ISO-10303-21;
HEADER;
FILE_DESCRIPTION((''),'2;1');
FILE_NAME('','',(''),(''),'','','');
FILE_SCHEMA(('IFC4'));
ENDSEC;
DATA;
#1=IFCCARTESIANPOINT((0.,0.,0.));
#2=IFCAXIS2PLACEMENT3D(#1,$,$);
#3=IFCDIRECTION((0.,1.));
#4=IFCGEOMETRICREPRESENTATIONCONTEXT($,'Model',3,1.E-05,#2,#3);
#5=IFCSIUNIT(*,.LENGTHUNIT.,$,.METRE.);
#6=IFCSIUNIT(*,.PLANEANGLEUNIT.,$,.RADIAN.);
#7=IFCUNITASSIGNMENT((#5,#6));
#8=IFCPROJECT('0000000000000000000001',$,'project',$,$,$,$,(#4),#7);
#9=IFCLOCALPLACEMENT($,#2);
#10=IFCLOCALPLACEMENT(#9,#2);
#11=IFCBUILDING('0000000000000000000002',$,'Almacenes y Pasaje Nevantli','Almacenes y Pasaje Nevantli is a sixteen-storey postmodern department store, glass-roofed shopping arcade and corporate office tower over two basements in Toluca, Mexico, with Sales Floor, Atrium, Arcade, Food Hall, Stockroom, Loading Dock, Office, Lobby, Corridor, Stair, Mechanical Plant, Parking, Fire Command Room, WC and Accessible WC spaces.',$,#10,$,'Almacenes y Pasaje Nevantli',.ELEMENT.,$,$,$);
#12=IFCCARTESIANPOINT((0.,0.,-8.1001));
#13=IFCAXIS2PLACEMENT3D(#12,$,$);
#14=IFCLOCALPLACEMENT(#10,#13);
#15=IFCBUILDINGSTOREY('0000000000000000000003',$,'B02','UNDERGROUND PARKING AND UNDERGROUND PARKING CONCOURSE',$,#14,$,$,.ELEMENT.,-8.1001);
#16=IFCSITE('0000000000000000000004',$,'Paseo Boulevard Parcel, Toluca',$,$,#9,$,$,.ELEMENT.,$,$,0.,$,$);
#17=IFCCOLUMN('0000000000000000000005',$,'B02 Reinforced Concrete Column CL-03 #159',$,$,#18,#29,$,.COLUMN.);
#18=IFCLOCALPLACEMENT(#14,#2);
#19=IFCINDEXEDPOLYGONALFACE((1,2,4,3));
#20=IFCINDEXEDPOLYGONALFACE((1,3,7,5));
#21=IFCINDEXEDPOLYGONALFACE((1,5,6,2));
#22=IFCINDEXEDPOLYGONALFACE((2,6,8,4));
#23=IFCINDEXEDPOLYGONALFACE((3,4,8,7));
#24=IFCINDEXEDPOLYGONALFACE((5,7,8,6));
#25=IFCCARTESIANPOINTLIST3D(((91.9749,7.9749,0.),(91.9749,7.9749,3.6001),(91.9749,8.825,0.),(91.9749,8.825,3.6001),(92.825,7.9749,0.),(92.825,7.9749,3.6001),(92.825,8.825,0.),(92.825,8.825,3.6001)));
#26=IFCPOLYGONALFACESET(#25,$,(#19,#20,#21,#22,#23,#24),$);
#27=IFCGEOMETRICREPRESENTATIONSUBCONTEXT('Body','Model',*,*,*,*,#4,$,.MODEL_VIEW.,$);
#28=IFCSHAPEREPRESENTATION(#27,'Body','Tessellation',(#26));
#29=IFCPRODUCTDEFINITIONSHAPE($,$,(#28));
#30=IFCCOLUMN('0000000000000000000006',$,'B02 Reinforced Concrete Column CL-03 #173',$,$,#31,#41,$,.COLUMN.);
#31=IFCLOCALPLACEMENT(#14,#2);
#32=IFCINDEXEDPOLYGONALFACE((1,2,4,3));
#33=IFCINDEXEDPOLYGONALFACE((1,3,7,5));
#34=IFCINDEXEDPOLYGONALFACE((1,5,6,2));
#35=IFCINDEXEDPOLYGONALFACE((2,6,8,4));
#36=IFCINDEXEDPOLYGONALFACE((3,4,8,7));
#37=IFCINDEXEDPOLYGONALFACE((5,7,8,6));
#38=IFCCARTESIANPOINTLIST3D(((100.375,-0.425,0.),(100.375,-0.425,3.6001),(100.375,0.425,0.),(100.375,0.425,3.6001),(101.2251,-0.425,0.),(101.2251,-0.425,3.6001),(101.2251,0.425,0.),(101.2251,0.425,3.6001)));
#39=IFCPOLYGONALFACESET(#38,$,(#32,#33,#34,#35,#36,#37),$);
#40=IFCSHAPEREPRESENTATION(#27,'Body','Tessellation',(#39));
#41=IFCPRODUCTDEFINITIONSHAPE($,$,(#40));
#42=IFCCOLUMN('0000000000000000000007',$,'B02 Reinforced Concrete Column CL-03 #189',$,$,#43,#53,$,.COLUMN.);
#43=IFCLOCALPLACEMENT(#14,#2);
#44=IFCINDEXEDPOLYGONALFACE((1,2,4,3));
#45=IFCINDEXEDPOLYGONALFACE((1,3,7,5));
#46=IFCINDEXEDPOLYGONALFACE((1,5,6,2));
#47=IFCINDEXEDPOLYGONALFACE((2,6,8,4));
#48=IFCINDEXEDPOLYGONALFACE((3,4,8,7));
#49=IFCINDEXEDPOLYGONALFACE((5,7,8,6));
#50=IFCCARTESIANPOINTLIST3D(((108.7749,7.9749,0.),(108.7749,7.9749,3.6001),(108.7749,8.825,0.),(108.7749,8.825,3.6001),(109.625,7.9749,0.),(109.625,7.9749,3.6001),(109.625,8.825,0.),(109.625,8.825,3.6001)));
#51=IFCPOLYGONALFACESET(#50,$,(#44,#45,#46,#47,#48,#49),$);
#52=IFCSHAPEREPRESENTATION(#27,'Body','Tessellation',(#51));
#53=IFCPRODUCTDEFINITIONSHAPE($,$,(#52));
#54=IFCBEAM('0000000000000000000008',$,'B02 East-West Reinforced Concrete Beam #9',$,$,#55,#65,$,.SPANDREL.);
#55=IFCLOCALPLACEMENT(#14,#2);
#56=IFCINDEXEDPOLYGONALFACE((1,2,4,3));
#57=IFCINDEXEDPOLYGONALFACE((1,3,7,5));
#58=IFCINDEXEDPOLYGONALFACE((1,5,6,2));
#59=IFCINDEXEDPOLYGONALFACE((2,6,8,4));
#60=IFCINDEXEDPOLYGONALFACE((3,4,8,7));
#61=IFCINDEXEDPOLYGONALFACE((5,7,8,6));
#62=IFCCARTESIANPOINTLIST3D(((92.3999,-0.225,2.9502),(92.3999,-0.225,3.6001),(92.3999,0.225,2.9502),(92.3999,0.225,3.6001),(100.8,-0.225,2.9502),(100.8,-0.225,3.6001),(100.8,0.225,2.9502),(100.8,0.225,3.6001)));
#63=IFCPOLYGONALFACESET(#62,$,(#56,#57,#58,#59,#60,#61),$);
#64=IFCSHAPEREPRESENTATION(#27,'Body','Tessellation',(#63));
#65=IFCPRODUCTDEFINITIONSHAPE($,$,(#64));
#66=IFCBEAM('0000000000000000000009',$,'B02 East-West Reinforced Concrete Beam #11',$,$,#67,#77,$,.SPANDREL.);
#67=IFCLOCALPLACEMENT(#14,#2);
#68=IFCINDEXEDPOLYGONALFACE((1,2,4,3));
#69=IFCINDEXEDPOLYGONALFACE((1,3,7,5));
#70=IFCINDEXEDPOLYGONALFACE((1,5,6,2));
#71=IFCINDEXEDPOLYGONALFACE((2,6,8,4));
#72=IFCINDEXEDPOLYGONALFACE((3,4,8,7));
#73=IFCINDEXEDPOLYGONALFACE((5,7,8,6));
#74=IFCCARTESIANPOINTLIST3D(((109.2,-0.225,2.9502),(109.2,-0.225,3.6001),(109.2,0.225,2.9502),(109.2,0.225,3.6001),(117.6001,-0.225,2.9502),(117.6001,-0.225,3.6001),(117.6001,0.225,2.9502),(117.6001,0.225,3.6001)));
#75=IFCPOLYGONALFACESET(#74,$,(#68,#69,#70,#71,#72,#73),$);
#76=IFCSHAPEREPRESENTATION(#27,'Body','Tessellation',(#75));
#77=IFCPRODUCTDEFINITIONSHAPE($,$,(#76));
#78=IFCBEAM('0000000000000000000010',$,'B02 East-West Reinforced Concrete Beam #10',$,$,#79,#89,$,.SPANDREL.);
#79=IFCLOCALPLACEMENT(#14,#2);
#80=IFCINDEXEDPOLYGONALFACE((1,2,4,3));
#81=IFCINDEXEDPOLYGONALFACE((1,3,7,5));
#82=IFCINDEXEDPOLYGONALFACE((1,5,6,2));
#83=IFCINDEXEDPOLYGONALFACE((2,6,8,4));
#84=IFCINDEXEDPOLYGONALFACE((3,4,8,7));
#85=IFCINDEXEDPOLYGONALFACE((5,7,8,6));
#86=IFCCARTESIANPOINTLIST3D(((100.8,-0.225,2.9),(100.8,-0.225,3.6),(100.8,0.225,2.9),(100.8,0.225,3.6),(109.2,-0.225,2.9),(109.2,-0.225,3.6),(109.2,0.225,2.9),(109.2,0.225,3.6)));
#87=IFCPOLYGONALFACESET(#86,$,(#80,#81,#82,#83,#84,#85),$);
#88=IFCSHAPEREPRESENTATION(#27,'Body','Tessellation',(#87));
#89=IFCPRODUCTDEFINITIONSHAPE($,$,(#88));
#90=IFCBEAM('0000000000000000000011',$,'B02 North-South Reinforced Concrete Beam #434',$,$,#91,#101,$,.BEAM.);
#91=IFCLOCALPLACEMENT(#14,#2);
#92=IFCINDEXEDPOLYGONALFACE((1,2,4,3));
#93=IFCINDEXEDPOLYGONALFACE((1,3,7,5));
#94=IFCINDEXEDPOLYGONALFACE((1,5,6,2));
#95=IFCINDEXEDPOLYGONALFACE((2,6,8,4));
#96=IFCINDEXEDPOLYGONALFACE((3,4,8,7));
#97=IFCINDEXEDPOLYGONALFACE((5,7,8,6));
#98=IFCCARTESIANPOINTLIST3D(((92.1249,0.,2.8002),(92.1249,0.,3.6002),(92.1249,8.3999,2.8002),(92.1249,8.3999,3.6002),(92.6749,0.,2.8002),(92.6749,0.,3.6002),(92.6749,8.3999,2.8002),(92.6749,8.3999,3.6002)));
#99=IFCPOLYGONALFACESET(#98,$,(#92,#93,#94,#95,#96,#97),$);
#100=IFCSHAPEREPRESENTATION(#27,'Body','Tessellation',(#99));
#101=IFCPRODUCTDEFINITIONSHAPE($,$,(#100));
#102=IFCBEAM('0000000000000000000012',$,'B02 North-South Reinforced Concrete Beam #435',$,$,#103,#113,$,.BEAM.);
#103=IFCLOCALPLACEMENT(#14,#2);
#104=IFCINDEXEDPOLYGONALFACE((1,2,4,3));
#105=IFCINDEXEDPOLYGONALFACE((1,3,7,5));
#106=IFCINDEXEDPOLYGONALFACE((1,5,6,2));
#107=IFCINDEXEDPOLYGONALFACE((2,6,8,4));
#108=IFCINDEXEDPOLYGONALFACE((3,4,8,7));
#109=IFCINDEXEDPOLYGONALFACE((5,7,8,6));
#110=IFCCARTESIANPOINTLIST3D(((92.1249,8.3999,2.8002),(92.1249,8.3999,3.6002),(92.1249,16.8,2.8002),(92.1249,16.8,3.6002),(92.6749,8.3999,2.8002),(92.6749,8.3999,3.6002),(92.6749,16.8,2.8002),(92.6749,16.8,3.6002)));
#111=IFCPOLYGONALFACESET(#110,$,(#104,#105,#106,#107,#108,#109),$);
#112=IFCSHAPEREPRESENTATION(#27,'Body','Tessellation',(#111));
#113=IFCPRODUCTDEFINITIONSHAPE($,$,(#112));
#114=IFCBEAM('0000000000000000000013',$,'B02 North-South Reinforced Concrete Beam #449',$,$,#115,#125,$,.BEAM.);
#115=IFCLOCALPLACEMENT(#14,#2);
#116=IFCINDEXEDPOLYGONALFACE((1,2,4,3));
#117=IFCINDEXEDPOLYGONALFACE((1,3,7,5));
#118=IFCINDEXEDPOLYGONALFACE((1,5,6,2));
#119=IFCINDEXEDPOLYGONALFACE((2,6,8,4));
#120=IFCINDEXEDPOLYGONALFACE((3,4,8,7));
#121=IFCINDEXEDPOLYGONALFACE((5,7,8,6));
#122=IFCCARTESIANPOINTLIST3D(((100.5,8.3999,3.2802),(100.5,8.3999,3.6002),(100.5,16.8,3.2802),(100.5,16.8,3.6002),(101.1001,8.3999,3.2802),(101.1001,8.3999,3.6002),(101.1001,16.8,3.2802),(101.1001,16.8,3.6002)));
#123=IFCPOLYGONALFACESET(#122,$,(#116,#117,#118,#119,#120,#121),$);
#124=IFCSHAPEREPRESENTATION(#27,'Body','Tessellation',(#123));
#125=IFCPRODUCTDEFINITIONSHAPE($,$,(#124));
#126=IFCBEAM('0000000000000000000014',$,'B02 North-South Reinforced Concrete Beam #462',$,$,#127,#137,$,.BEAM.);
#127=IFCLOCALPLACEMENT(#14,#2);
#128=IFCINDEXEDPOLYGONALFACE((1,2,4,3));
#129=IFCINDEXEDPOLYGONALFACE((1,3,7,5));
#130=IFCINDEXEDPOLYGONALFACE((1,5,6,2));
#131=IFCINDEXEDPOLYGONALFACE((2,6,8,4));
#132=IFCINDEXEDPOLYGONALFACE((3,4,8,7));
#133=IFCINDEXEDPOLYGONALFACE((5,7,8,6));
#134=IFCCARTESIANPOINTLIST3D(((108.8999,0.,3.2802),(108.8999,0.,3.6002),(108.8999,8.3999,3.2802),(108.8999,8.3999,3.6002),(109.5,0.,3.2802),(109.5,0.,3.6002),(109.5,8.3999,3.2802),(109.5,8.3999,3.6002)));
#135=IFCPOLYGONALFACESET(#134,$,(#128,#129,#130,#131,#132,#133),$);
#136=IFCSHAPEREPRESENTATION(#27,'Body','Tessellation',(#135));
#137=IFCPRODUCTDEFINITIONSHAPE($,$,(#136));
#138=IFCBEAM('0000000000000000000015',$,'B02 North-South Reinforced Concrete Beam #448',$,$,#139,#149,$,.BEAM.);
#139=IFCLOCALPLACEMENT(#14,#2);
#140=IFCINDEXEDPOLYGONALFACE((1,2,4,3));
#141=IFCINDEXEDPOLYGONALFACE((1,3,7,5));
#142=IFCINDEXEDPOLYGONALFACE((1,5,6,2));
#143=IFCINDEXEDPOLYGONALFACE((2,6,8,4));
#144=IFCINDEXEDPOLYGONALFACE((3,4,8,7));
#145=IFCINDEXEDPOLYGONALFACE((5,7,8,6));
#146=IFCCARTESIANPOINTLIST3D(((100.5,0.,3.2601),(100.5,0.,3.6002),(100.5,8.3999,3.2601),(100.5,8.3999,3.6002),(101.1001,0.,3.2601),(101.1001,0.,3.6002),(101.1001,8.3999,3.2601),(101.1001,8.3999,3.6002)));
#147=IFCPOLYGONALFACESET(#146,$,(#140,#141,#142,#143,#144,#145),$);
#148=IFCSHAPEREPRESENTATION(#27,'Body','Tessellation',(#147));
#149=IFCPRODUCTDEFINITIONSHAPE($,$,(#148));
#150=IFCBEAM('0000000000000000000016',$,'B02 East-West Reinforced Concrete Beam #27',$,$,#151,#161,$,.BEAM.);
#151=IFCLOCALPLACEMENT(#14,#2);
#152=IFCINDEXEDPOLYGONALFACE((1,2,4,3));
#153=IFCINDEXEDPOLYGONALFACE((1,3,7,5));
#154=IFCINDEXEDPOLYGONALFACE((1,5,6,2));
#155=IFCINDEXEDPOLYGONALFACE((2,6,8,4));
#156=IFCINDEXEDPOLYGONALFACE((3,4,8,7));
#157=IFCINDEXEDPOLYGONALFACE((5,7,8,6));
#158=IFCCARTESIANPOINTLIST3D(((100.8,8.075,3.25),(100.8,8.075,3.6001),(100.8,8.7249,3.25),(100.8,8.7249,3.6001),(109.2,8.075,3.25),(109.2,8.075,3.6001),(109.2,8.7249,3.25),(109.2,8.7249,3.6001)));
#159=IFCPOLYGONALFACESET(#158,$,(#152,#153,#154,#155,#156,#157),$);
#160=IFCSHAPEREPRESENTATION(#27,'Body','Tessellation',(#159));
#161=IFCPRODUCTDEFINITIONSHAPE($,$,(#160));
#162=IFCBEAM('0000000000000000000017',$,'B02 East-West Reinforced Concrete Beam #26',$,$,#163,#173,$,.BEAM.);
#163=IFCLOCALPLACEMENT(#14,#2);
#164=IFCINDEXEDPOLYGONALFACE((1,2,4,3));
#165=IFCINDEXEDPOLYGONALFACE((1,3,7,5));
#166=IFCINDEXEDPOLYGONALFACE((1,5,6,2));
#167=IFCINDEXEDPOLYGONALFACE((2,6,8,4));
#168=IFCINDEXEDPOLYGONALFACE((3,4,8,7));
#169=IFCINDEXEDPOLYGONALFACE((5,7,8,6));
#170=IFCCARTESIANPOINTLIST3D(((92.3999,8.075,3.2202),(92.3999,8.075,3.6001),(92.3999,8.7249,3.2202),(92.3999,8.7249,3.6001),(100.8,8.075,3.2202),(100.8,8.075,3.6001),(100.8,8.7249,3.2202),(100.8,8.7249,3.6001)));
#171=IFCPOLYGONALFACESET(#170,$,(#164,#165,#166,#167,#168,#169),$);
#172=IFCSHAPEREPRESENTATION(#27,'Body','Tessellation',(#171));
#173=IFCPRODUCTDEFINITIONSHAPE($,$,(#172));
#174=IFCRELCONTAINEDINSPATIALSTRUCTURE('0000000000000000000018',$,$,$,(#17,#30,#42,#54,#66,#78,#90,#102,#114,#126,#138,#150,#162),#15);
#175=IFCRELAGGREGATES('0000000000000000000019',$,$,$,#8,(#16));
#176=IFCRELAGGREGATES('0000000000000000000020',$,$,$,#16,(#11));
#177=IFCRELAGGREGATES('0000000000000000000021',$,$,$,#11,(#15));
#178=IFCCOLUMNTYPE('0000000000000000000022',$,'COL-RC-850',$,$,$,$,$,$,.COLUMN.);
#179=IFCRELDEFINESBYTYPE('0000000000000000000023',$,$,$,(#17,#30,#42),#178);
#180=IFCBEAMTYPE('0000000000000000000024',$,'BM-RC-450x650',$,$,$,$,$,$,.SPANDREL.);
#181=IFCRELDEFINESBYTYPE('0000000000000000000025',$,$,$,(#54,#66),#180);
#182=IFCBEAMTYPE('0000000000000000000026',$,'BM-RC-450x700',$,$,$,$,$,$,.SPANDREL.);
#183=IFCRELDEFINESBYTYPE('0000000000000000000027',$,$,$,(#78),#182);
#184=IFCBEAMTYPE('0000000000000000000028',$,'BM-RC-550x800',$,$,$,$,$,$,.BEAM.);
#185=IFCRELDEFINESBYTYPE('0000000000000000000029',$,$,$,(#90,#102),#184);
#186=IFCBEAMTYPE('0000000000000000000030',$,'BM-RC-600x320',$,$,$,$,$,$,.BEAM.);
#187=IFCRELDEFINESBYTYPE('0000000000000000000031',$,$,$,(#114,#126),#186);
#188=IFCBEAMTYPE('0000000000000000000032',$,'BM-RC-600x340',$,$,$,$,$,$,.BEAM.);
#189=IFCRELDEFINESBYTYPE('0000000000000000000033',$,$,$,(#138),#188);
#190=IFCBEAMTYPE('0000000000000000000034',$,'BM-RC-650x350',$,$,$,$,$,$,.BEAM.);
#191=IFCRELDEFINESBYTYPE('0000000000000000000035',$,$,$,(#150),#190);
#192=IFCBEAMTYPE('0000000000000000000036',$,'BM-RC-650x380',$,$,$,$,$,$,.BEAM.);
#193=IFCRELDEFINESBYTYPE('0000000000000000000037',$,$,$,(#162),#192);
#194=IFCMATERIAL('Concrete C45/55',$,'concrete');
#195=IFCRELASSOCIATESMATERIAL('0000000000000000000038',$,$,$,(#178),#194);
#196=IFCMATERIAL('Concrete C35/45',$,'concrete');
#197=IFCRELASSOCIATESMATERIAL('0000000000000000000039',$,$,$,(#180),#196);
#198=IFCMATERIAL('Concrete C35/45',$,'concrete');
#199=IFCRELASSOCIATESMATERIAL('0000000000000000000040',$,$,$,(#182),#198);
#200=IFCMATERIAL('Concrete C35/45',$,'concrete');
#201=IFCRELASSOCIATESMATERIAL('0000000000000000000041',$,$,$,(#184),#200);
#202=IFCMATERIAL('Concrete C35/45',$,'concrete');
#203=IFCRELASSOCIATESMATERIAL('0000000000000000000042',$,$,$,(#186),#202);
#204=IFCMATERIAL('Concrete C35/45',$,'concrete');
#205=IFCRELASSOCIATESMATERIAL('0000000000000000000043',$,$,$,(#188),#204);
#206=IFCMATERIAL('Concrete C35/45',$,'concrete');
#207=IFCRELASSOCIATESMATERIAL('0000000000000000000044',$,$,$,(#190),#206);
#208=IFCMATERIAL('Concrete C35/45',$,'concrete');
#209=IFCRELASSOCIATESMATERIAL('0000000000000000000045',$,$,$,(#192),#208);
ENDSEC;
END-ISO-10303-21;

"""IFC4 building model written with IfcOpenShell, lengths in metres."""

from ifc_helpers import new_model, si_unit, direction, frame, origin, origin_2d, place, context, subcontext, project, spatial, rectangle, extrude, material, material_profile, profile_set, type_object, element, save


model = new_model("IFC4")

# Units and contexts
model_context = context("Model", 3, precision=1e-05, world=origin(), true_north=direction((0.0, 1.0)))
body_context = subcontext(model_context, "Body", "Model", "MODEL_VIEW")
ifc_project = project(units=[si_unit("LENGTHUNIT", "METRE"), si_unit("PLANEANGLEUNIT", "RADIAN")], contexts=[model_context])

# Site, building, storey
site_placement = place(None, origin())
site = spatial("IfcSite", under=ifc_project, at=site_placement, Name="Paseo Boulevard Parcel, Toluca", CompositionType="ELEMENT", RefElevation=0.0)
building_placement = place(site_placement, origin())
building = spatial("IfcBuilding", under=site, at=building_placement, Name="Almacenes y Pasaje Nevantli", Description="Almacenes y Pasaje Nevantli is a sixteen-storey postmodern department store, glass-roofed shopping arcade and corporate office tower over two basements in Toluca, Mexico, with Sales Floor, Atrium, Arcade, Food Hall, Stockroom, Loading Dock, Office, Lobby, Corridor, Stair, Mechanical Plant, Parking, Fire Command Room, WC and Accessible WC spaces.", LongName="Almacenes y Pasaje Nevantli", CompositionType="ELEMENT")
storey_placement = place(building_placement, frame((0.0, 0.0, -8.1001)))
storey = spatial("IfcBuildingStorey", under=building, at=storey_placement, Name="B02", Description="UNDERGROUND PARKING AND UNDERGROUND PARKING CONCOURSE", CompositionType="ELEMENT", Elevation=-8.1001)

# Columns
ifc_material_1 = material(Name="Concrete C45/55", Category="concrete")
ifc_material_profile_1 = material_profile(ifc_material_1, rectangle(XDim=0.8501, YDim=0.8501, at=origin_2d()), Name="RC-COL-850x850")
ifc_profile_set_1 = profile_set([ifc_material_profile_1], Name="Concrete C45/55")
column_type_1 = type_object("IfcColumnType", Name="COL-RC-850", PredefinedType="COLUMN", material=ifc_profile_set_1)
for number, where, z_axis, x_axis, name in (
    (1, (92.3999, 8.3999, 0.0), (0.0, 0.0, 1.0), (1.0, 0.0, 0.0), "B02 Reinforced Concrete Column CL-03 #159"),
    (2, (100.8, 0.0, 0.0), (0.0, 0.0, 1.0), (1.0, 0.0, 0.0), "B02 Reinforced Concrete Column CL-03 #173"),
    (3, (109.2, 8.3999, 0.0), (0.0, 0.0, 1.0), (1.0, 0.0, 0.0), "B02 Reinforced Concrete Column CL-03 #189"),
):
    element("IfcColumn", number, at=place(storey_placement, frame(where, z_axis=z_axis, x_axis=x_axis)), inside=storey, type_object=column_type_1, Name=name, PredefinedType="COLUMN", context=body_context, shape_type="SweptSolid", body=[
        extrude(rectangle(XDim=0.8501, YDim=0.8501, at=origin_2d()), origin(), (0.0, 0.0, 1.0), 3.6001),
    ])

# Beams
ifc_material_2 = material(Name="Concrete C35/45", Category="concrete")
ifc_material_profile_2 = material_profile(ifc_material_2, rectangle(XDim=0.45, YDim=0.6499, at=origin_2d()), Name="RC-BM-450x650")
ifc_profile_set_2 = profile_set([ifc_material_profile_2], Name="Concrete C35/45")
beam_type_1 = type_object("IfcBeamType", Name="BM-RC-450x650", PredefinedType="SPANDREL", material=ifc_profile_set_2)
for number, where, z_axis, x_axis, name in (
    (4, (92.3999, 0.0, 3.2751), (1.0, 0.0, 0.0), (0.0, 1.0, 0.0), "B02 East-West Reinforced Concrete Beam #9"),
    (5, (109.2, 0.0, 3.2751), (1.0, 0.0, 0.0), (0.0, 1.0, 0.0), "B02 East-West Reinforced Concrete Beam #11"),
):
    element("IfcBeam", number, at=place(storey_placement, frame(where, z_axis=z_axis, x_axis=x_axis)), inside=storey, type_object=beam_type_1, Name=name, PredefinedType="SPANDREL", context=body_context, shape_type="SweptSolid", body=[
        extrude(rectangle(XDim=0.45, YDim=0.6499, at=origin_2d()), origin(), (0.0, 0.0, 1.0), 8.4001),
    ])
ifc_material_3 = material(Name="Concrete C35/45", Category="concrete")
ifc_material_profile_3 = material_profile(ifc_material_3, rectangle(XDim=0.45, YDim=0.7, at=origin_2d()), Name="RC-BM-450x700")
ifc_profile_set_3 = profile_set([ifc_material_profile_3], Name="Concrete C35/45")
beam_type_2 = type_object("IfcBeamType", Name="BM-RC-450x700", PredefinedType="SPANDREL", material=ifc_profile_set_3)
beam_1_placement = place(storey_placement, frame((100.8, 0.0, 3.25), z_axis=(1.0, 0.0, 0.0), x_axis=(0.0, 1.0, 0.0)))
element("IfcBeam", 6, at=beam_1_placement, inside=storey, type_object=beam_type_2, Name="B02 East-West Reinforced Concrete Beam #10", PredefinedType="SPANDREL", context=body_context, shape_type="SweptSolid", body=[
    extrude(rectangle(XDim=0.45, YDim=0.7, at=origin_2d()), origin(), (0.0, 0.0, 1.0), 8.3999),
])
ifc_material_4 = material(Name="Concrete C35/45", Category="concrete")
ifc_material_profile_4 = material_profile(ifc_material_4, rectangle(XDim=0.55, YDim=0.8, at=origin_2d()), Name="RC-BM-550x800")
ifc_profile_set_4 = profile_set([ifc_material_profile_4], Name="Concrete C35/45")
beam_type_3 = type_object("IfcBeamType", Name="BM-RC-550x800", PredefinedType="BEAM", material=ifc_profile_set_4)
beam_2_placement = place(storey_placement, frame((92.3999, 0.0, 3.2002), z_axis=(0.0, 1.0, 0.0), x_axis=(-1.0, 0.0, 0.0)))
element("IfcBeam", 7, at=beam_2_placement, inside=storey, type_object=beam_type_3, Name="B02 North-South Reinforced Concrete Beam #434", PredefinedType="BEAM", context=body_context, shape_type="SweptSolid", body=[
    extrude(rectangle(XDim=0.55, YDim=0.8, at=origin_2d()), origin(), (0.0, 0.0, 1.0), 8.3999),
])
beam_3_placement = place(storey_placement, frame((92.3999, 8.3999, 3.2002), z_axis=(0.0, 1.0, 0.0), x_axis=(-1.0, 0.0, 0.0)))
element("IfcBeam", 8, at=beam_3_placement, inside=storey, type_object=beam_type_3, Name="B02 North-South Reinforced Concrete Beam #435", PredefinedType="BEAM", context=body_context, shape_type="SweptSolid", body=[
    extrude(rectangle(XDim=0.55, YDim=0.8, at=origin_2d()), origin(), (0.0, 0.0, 1.0), 8.4001),
])
ifc_material_5 = material(Name="Concrete C35/45", Category="concrete")
ifc_material_profile_5 = material_profile(ifc_material_5, rectangle(XDim=0.6001, YDim=0.3201, at=origin_2d()), Name="RC-BM-600x320")
ifc_profile_set_5 = profile_set([ifc_material_profile_5], Name="Concrete C35/45")
beam_type_4 = type_object("IfcBeamType", Name="BM-RC-600x320", PredefinedType="BEAM", material=ifc_profile_set_5)
beam_4_placement = place(storey_placement, frame((100.8, 8.3999, 3.4402), z_axis=(0.0, 1.0, 0.0), x_axis=(-1.0, 0.0, 0.0)))
element("IfcBeam", 9, at=beam_4_placement, inside=storey, type_object=beam_type_4, Name="B02 North-South Reinforced Concrete Beam #449", PredefinedType="BEAM", context=body_context, shape_type="SweptSolid", body=[
    extrude(rectangle(XDim=0.6001, YDim=0.3201, at=origin_2d()), origin(), (0.0, 0.0, 1.0), 8.4001),
])
beam_5_placement = place(storey_placement, frame((109.2, 0.0, 3.4402), z_axis=(0.0, 1.0, 0.0), x_axis=(-1.0, 0.0, 0.0)))
element("IfcBeam", 10, at=beam_5_placement, inside=storey, type_object=beam_type_4, Name="B02 North-South Reinforced Concrete Beam #462", PredefinedType="BEAM", context=body_context, shape_type="SweptSolid", body=[
    extrude(rectangle(XDim=0.6001, YDim=0.3201, at=origin_2d()), origin(), (0.0, 0.0, 1.0), 8.3999),
])
ifc_material_6 = material(Name="Concrete C35/45", Category="concrete")
ifc_material_profile_6 = material_profile(ifc_material_6, rectangle(XDim=0.6001, YDim=0.3401, at=origin_2d()), Name="RC-BM-600x340")
ifc_profile_set_6 = profile_set([ifc_material_profile_6], Name="Concrete C35/45")
beam_type_5 = type_object("IfcBeamType", Name="BM-RC-600x340", PredefinedType="BEAM", material=ifc_profile_set_6)
beam_6_placement = place(storey_placement, frame((100.8, 0.0, 3.4302), z_axis=(0.0, 1.0, 0.0), x_axis=(-1.0, 0.0, 0.0)))
element("IfcBeam", 11, at=beam_6_placement, inside=storey, type_object=beam_type_5, Name="B02 North-South Reinforced Concrete Beam #448", PredefinedType="BEAM", context=body_context, shape_type="SweptSolid", body=[
    extrude(rectangle(XDim=0.6001, YDim=0.3401, at=origin_2d()), origin(), (0.0, 0.0, 1.0), 8.3999),
])
ifc_material_7 = material(Name="Concrete C35/45", Category="concrete")
ifc_material_profile_7 = material_profile(ifc_material_7, rectangle(XDim=0.6499, YDim=0.3501, at=origin_2d()), Name="RC-BM-650x350")
ifc_profile_set_7 = profile_set([ifc_material_profile_7], Name="Concrete C35/45")
beam_type_6 = type_object("IfcBeamType", Name="BM-RC-650x350", PredefinedType="BEAM", material=ifc_profile_set_7)
beam_7_placement = place(storey_placement, frame((100.8, 8.3999, 3.425), z_axis=(1.0, 0.0, 0.0), x_axis=(0.0, 1.0, 0.0)))
element("IfcBeam", 12, at=beam_7_placement, inside=storey, type_object=beam_type_6, Name="B02 East-West Reinforced Concrete Beam #27", PredefinedType="BEAM", context=body_context, shape_type="SweptSolid", body=[
    extrude(rectangle(XDim=0.6499, YDim=0.3501, at=origin_2d()), origin(), (0.0, 0.0, 1.0), 8.3999),
])
ifc_material_8 = material(Name="Concrete C35/45", Category="concrete")
ifc_material_profile_8 = material_profile(ifc_material_8, rectangle(XDim=0.6499, YDim=0.3799, at=origin_2d()), Name="RC-BM-650x380")
ifc_profile_set_8 = profile_set([ifc_material_profile_8], Name="Concrete C35/45")
beam_type_7 = type_object("IfcBeamType", Name="BM-RC-650x380", PredefinedType="BEAM", material=ifc_profile_set_8)
beam_8_placement = place(storey_placement, frame((92.3999, 8.3999, 3.4102), z_axis=(1.0, 0.0, 0.0), x_axis=(0.0, 1.0, 0.0)))
element("IfcBeam", 13, at=beam_8_placement, inside=storey, type_object=beam_type_7, Name="B02 East-West Reinforced Concrete Beam #26", PredefinedType="BEAM", context=body_context, shape_type="SweptSolid", body=[
    extrude(rectangle(XDim=0.6499, YDim=0.3799, at=origin_2d()), origin(), (0.0, 0.0, 1.0), 8.4001),
])

save(model, "model.ifc")
